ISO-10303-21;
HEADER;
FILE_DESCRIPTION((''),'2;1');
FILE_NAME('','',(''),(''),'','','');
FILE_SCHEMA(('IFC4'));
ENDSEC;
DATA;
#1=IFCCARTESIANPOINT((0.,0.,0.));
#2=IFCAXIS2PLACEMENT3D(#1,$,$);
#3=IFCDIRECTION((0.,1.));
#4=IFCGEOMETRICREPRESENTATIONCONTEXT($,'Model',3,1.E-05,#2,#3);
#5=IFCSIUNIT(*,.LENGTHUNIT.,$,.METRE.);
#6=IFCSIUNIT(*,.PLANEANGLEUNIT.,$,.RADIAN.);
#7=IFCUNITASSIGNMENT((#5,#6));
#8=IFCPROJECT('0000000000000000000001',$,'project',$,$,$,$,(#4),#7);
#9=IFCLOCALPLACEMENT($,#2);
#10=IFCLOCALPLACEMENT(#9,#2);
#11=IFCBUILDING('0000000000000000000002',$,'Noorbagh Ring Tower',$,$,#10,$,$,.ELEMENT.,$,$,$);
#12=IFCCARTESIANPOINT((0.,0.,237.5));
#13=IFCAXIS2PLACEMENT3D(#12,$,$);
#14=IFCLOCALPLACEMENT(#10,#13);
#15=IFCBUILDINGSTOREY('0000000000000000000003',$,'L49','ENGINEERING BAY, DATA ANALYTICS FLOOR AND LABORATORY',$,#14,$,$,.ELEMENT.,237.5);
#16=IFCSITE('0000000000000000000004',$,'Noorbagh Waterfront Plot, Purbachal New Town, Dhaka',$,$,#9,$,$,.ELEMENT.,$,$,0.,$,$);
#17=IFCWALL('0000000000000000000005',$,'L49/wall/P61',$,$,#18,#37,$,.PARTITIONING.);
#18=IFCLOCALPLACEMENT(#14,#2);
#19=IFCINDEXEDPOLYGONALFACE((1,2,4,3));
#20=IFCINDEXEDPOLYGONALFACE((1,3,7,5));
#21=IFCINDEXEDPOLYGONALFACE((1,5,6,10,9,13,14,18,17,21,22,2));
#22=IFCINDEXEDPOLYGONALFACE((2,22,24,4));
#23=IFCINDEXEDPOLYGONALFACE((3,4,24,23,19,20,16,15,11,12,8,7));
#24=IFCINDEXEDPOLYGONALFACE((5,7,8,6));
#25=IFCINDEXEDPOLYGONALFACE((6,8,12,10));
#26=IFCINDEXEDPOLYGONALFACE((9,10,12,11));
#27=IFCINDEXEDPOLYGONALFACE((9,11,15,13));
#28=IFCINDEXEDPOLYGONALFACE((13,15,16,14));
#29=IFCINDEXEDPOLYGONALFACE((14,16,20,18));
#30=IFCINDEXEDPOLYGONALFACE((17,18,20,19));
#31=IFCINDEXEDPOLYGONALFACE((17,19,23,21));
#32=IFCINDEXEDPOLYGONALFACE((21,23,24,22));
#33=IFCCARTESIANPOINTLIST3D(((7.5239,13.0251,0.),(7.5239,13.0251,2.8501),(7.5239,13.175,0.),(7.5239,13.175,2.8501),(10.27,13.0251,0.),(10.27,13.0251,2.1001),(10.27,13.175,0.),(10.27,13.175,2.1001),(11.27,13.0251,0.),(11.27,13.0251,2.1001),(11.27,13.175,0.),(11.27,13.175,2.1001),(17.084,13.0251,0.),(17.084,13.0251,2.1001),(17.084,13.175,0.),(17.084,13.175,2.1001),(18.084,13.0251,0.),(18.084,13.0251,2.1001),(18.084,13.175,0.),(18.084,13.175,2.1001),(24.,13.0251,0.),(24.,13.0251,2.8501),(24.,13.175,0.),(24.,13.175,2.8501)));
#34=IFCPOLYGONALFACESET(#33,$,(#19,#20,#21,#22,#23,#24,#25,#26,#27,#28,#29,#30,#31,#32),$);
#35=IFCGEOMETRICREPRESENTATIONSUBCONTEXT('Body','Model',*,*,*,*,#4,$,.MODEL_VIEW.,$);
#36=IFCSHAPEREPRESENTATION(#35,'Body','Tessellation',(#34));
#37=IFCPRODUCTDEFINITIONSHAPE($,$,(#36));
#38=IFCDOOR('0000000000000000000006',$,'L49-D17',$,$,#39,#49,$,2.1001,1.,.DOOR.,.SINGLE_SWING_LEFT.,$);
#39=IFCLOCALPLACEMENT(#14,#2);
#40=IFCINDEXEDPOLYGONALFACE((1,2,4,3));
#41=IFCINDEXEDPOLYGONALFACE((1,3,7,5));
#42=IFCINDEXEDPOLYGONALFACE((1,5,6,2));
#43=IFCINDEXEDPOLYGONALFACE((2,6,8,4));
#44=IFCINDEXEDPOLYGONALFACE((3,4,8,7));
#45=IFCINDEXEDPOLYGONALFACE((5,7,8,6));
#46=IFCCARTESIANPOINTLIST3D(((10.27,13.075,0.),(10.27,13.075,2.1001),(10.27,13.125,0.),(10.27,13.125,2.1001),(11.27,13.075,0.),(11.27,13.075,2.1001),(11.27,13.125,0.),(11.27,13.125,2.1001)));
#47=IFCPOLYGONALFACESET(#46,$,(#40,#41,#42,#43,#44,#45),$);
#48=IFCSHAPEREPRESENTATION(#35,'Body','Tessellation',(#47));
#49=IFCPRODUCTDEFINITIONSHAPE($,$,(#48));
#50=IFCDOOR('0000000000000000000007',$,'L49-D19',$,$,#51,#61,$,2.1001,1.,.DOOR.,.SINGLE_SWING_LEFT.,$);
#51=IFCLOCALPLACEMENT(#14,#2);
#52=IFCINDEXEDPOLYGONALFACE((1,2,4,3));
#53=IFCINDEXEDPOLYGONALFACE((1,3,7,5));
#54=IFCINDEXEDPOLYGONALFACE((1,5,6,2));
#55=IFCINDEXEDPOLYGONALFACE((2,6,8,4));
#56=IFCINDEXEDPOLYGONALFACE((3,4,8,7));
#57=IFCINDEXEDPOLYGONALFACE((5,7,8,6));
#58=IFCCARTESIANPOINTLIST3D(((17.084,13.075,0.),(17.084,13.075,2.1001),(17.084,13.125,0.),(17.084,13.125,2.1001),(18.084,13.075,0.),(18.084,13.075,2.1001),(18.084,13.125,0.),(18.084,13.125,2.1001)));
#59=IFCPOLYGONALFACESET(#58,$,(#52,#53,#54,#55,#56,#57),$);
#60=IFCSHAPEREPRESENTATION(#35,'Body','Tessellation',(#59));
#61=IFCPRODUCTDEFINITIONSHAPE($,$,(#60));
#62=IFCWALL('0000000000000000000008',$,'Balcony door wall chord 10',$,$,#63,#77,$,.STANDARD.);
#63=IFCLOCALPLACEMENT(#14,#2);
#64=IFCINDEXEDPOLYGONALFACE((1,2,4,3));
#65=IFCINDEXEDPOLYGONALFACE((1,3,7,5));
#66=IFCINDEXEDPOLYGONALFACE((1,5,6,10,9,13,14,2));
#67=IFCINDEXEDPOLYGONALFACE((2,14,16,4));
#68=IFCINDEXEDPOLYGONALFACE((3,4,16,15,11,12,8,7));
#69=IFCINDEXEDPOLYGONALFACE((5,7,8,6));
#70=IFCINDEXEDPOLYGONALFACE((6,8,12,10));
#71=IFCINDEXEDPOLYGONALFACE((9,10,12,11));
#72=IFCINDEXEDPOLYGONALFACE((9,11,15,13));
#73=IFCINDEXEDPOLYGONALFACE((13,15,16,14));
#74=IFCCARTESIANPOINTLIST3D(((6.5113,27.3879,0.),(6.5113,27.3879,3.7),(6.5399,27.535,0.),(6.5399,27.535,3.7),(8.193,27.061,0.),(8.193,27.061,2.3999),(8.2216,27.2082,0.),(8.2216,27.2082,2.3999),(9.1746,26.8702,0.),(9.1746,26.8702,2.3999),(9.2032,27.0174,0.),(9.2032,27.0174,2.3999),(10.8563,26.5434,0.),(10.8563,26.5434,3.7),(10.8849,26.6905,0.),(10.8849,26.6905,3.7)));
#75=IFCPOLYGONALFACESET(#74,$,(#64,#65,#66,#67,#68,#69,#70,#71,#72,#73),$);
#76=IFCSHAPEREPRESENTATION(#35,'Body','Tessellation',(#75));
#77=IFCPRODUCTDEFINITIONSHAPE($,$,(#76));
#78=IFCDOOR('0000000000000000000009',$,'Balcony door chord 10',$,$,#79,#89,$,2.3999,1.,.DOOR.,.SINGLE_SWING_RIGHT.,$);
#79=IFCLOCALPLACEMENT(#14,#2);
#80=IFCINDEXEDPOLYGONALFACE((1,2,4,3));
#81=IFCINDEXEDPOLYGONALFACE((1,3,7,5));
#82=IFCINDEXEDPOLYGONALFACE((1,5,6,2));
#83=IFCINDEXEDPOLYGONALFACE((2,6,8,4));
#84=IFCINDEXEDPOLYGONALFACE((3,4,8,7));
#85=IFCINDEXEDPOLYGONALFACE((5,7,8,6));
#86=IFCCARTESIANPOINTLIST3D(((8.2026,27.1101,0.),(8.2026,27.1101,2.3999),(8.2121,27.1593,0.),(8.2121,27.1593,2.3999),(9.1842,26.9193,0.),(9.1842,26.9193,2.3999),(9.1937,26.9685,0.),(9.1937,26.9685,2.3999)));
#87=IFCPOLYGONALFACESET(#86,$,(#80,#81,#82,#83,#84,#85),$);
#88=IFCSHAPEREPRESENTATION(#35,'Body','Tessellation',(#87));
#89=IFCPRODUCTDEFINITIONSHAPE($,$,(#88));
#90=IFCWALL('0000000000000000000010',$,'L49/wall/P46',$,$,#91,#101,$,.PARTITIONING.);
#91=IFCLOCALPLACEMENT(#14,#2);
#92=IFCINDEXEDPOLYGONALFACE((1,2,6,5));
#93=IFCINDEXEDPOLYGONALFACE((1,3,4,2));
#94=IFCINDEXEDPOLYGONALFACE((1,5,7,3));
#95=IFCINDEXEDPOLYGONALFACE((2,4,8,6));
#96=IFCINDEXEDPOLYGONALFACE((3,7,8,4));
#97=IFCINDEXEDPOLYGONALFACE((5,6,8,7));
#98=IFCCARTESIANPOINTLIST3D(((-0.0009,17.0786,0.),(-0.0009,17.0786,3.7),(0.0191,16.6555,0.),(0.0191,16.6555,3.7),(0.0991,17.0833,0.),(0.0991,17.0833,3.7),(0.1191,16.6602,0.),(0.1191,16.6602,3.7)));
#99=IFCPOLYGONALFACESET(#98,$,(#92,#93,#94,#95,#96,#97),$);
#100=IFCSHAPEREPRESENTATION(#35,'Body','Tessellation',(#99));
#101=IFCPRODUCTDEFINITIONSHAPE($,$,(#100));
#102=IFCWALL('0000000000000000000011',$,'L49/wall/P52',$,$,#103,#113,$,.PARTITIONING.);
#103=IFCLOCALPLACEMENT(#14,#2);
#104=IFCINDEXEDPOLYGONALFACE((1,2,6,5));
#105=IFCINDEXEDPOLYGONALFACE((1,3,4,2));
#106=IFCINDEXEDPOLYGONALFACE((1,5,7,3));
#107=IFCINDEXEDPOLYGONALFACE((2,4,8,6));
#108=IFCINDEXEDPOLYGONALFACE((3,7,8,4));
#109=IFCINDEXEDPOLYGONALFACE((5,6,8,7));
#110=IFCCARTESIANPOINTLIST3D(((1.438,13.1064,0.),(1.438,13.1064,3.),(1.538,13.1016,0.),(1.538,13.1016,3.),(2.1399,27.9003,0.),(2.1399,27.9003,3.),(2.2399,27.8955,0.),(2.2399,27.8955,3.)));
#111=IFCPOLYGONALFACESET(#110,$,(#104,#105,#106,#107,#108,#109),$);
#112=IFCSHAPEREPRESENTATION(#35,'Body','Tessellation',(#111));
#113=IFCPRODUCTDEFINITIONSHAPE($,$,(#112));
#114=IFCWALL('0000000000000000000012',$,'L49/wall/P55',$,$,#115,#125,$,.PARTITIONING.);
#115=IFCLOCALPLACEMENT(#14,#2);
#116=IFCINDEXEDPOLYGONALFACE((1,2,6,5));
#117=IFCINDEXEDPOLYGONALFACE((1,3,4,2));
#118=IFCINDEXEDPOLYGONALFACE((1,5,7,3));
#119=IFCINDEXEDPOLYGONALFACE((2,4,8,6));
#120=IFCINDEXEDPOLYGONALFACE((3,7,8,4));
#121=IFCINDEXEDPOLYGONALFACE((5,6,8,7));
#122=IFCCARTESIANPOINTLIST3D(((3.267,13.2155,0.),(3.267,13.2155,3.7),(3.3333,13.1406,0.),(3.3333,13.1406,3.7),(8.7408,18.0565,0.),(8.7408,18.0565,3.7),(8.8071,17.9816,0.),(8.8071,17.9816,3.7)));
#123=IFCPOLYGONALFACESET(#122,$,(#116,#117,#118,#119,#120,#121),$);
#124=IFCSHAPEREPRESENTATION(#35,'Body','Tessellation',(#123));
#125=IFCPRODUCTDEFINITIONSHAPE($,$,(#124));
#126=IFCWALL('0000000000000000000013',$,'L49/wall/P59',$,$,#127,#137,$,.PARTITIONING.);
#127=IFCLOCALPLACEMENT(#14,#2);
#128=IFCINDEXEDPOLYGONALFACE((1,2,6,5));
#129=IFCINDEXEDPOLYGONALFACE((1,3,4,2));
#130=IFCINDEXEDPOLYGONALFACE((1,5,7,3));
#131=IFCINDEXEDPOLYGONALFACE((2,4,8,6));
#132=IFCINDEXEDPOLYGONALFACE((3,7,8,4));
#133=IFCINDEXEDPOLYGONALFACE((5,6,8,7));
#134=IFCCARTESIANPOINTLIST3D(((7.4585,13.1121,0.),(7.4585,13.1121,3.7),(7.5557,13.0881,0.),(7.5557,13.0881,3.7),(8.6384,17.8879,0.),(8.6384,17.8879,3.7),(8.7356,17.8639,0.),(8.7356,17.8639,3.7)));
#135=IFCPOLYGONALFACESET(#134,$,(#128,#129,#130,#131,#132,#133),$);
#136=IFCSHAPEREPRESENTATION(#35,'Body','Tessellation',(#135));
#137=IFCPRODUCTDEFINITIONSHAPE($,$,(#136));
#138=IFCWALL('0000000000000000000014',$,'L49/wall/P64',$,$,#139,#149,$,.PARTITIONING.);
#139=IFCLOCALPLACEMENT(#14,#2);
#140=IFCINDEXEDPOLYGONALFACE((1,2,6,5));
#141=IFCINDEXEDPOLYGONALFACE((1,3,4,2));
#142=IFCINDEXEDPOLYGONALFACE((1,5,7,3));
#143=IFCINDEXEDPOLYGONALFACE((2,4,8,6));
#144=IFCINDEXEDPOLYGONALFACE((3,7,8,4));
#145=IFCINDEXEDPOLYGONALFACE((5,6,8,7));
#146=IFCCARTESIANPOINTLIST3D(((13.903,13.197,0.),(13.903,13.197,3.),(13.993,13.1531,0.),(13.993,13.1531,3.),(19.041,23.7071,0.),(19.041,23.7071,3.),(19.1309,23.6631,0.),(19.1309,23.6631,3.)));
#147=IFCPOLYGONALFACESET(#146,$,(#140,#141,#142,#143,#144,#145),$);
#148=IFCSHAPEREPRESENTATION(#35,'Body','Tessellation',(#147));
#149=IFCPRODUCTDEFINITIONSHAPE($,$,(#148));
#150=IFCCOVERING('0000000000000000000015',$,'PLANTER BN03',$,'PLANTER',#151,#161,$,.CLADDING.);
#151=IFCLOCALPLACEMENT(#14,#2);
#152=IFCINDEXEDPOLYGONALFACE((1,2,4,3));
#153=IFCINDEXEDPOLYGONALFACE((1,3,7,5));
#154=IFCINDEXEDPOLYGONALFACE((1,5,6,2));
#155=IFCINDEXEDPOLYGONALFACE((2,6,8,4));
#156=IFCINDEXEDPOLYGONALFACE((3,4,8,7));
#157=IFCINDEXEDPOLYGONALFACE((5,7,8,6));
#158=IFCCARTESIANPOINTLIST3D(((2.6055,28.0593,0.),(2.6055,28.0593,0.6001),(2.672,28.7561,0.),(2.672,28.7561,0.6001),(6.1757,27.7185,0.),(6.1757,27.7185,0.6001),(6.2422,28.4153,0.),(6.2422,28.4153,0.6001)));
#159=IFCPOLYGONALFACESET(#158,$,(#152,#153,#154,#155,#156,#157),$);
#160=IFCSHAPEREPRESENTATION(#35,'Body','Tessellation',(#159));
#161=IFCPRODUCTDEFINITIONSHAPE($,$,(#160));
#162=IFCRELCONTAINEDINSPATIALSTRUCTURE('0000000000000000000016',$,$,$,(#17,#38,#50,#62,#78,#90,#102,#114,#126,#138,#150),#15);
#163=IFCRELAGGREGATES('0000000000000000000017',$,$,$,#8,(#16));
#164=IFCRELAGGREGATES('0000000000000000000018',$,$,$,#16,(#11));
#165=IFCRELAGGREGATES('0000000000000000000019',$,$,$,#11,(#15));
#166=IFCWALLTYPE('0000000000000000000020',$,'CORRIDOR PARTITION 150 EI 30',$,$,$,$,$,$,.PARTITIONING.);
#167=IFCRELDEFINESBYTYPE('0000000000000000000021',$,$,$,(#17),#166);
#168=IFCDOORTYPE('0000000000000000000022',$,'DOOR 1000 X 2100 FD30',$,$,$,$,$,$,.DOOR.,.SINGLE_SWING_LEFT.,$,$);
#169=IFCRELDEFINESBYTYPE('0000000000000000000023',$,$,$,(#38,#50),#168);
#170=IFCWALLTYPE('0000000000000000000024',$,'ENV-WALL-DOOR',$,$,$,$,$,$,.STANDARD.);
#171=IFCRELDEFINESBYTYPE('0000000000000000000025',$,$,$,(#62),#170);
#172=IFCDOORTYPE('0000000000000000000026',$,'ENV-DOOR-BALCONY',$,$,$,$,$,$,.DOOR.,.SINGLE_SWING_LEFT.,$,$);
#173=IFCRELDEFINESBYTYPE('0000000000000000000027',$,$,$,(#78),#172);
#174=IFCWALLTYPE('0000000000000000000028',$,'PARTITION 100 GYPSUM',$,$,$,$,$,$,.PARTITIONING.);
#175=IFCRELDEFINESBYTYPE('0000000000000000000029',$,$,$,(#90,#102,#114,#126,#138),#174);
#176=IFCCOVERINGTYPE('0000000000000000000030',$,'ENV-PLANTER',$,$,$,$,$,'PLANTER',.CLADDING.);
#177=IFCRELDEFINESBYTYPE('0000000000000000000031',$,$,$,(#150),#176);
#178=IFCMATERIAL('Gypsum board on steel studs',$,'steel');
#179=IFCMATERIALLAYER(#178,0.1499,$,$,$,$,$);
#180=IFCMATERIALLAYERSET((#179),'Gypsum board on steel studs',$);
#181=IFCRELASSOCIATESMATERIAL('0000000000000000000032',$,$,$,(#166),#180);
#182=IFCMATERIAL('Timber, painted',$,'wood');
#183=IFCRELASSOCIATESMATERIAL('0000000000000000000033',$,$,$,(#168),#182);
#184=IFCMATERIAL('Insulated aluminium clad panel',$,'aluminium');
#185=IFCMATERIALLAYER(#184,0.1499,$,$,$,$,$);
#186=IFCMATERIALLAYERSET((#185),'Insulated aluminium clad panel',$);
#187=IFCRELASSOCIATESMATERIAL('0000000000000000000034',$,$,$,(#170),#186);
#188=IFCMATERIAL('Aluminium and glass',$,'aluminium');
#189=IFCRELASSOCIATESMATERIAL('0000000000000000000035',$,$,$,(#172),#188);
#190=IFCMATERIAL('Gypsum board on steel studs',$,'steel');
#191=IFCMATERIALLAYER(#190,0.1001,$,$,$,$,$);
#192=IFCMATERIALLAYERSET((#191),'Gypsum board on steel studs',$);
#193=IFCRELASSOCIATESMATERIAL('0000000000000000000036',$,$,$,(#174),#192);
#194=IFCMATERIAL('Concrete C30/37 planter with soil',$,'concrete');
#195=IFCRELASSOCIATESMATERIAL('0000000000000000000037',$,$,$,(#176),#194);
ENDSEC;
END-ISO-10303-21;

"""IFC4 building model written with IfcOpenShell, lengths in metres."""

from ifc_helpers import new_model, si_unit, direction, frame, frame_2d, origin, origin_2d, place, context, subcontext, project, spatial, rectangle, extrude, material, layer, layer_set, type_object, element, fill, save


model = new_model("IFC4")

# Units and contexts
model_context = context("Model", 3, precision=1e-05, world=origin(), true_north=direction((0.0, 1.0)))
body_context = subcontext(model_context, "Body", "Model", "MODEL_VIEW")
ifc_project = project(units=[si_unit("LENGTHUNIT", "METRE"), si_unit("PLANEANGLEUNIT", "RADIAN")], contexts=[model_context])

# Site, building, storey
site_placement = place(None, origin())
site = spatial("IfcSite", under=ifc_project, at=site_placement, Name="Noorbagh Waterfront Plot, Purbachal New Town, Dhaka", CompositionType="ELEMENT", RefElevation=0.0)
building_placement = place(site_placement, origin())
building = spatial("IfcBuilding", under=site, at=building_placement, Name="Noorbagh Ring Tower", CompositionType="ELEMENT")
storey_placement = place(building_placement, frame((0.0, 0.0, 237.5)))
storey = spatial("IfcBuildingStorey", under=building, at=storey_placement, Name="L49", Description="ENGINEERING BAY, DATA ANALYTICS FLOOR AND LABORATORY", CompositionType="ELEMENT", Elevation=237.5)

# Shared definitions
ifc_material_1 = material(Name="Gypsum board on steel studs", Category="steel")
ifc_layer_1 = layer(ifc_material_1, 0.1499)
ifc_layer_set_1 = layer_set([ifc_layer_1], Name="Gypsum board on steel studs")
wall_type_1 = type_object("IfcWallType", Name="CORRIDOR PARTITION 150 EI 30", PredefinedType="PARTITIONING", material=ifc_layer_set_1)

# Wall, openings, doors
wall_1_placement = place(storey_placement, frame((7.5239, 13.1001, 0.0), z_axis=(0.0, 0.0, 1.0), x_axis=(1.0, 0.0, 0.0)))
wall_1 = element("IfcWall", 1, at=wall_1_placement, inside=storey, type_object=wall_type_1, Name="L49/wall/P61", PredefinedType="PARTITIONING", context=body_context, shape_type="SweptSolid", body=[
    extrude(rectangle(XDim=16.4761, YDim=0.1499, at=frame_2d((8.238, 0.0))), origin(), (0.0, 0.0, 1.0), 2.8501),
])
opening_1_placement = place(wall_1_placement, frame((2.7461, 0.0, 0.0)))
opening_1 = element("IfcOpeningElement", 2, at=opening_1_placement, cuts=wall_1, PredefinedType="OPENING", context=body_context, shape_type="SweptSolid", body=[
    extrude(rectangle(XDim=1.0, YDim=2.1001, at=frame_2d((0.5, 1.05))), frame((0.0, 0.085, 0.0), z_axis=(0.0, -1.0, 0.0), x_axis=(1.0, 0.0, 0.0)), (0.0, 0.0, 1.0), 0.1699),
])
opening_2_placement = place(wall_1_placement, frame((9.5601, 0.0, 0.0)))
opening_2 = element("IfcOpeningElement", 3, at=opening_2_placement, cuts=wall_1, PredefinedType="OPENING", context=body_context, shape_type="SweptSolid", body=[
    extrude(rectangle(XDim=1.0, YDim=2.1001, at=frame_2d((0.5, 1.05))), frame((0.0, 0.085, 0.0), z_axis=(0.0, -1.0, 0.0), x_axis=(1.0, 0.0, 0.0)), (0.0, 0.0, 1.0), 0.1699),
])
ifc_material_2 = material(Name="Timber, painted", Category="wood")
door_type_1 = type_object("IfcDoorType", Name="DOOR 1000 X 2100 FD30", OperationType="SINGLE_SWING_LEFT", PredefinedType="DOOR", material=ifc_material_2)
door_1_placement = place(opening_1_placement, origin())
door_1 = element("IfcDoor", 4, at=door_1_placement, inside=storey, type_object=door_type_1, Name="L49-D17", OperationType="SINGLE_SWING_LEFT", OverallHeight=2.1001, OverallWidth=1.0, PredefinedType="DOOR", context=body_context, shape_type="SweptSolid", body=[
    extrude(rectangle(XDim=1.0, YDim=2.1001, at=frame_2d((0.5, 1.05))), frame((0.0, 0.0249, 0.0), z_axis=(0.0, -1.0, 0.0), x_axis=(1.0, 0.0, 0.0)), (0.0, 0.0, 1.0), 0.05),
])
fill(opening_1, door_1)
door_2_placement = place(opening_2_placement, origin())
door_2 = element("IfcDoor", 5, at=door_2_placement, inside=storey, type_object=door_type_1, Name="L49-D19", OperationType="SINGLE_SWING_LEFT", OverallHeight=2.1001, OverallWidth=1.0, PredefinedType="DOOR", context=body_context, shape_type="SweptSolid", body=[
    extrude(rectangle(XDim=1.0, YDim=2.1001, at=frame_2d((0.5, 1.05))), frame((0.0, 0.0249, 0.0), z_axis=(0.0, -1.0, 0.0), x_axis=(1.0, 0.0, 0.0)), (0.0, 0.0, 1.0), 0.05),
])
fill(opening_2, door_2)

# Wall, opening, door
ifc_material_3 = material(Name="Insulated aluminium clad panel", Category="aluminium")
ifc_layer_2 = layer(ifc_material_3, 0.1499)
ifc_layer_set_2 = layer_set([ifc_layer_2], Name="Insulated aluminium clad panel")
wall_type_2 = type_object("IfcWallType", Name="ENV-WALL-DOOR", PredefinedType="STANDARD", material=ifc_layer_set_2)
wall_2_placement = place(storey_placement, frame((10.8706, 26.6169, 0.0), z_axis=(0.0, 0.0, 1.0), x_axis=(-0.981631, 0.190788, 0.0)))
wall_2 = element("IfcWall", 6, at=wall_2_placement, inside=storey, type_object=wall_type_2, Name="Balcony door wall chord 10", PredefinedType="STANDARD", context=body_context, shape_type="SweptSolid", body=[
    extrude(rectangle(XDim=4.4263, YDim=0.1499, at=frame_2d((2.2131, 0.0))), origin(), (0.0, 0.0, 1.0), 3.7),
])
opening_3_placement = place(wall_2_placement, frame((1.7131, 0.0, 0.0)))
opening_3 = element("IfcOpeningElement", 7, at=opening_3_placement, cuts=wall_2, PredefinedType="OPENING", context=body_context, shape_type="SweptSolid", body=[
    extrude(rectangle(XDim=1.0, YDim=2.3999, at=frame_2d((0.5, 1.2))), frame((0.0, 0.085, 0.0), z_axis=(0.0, -1.0, 0.0), x_axis=(1.0, 0.0, 0.0)), (0.0, 0.0, 1.0), 0.1699),
])
ifc_material_4 = material(Name="Aluminium and glass", Category="aluminium")
door_type_2 = type_object("IfcDoorType", Name="ENV-DOOR-BALCONY", OperationType="SINGLE_SWING_LEFT", PredefinedType="DOOR", material=ifc_material_4)
door_3_placement = place(opening_3_placement, origin())
door_3 = element("IfcDoor", 8, at=door_3_placement, inside=storey, type_object=door_type_2, Name="Balcony door chord 10", OperationType="SINGLE_SWING_RIGHT", OverallHeight=2.3999, OverallWidth=1.0, PredefinedType="DOOR", context=body_context, shape_type="SweptSolid", body=[
    extrude(rectangle(XDim=1.0, YDim=2.3999, at=frame_2d((0.5, 1.2))), frame((0.0, 0.0249, 0.0), z_axis=(0.0, -1.0, 0.0), x_axis=(1.0, 0.0, 0.0)), (0.0, 0.0, 1.0), 0.05),
])
fill(opening_3, door_3)

# Walls
ifc_material_5 = material(Name="Gypsum board on steel studs", Category="steel")
ifc_layer_3 = layer(ifc_material_5, 0.1001)
ifc_layer_set_3 = layer_set([ifc_layer_3], Name="Gypsum board on steel studs")
wall_type_3 = type_object("IfcWallType", Name="PARTITION 100 GYPSUM", PredefinedType="PARTITIONING", material=ifc_layer_set_3)
wall_3_placement = place(storey_placement, frame((0.0491, 17.0811, 0.0), z_axis=(0.0, 0.0, 1.0), x_axis=(0.047264, -0.998882, 0.0)))
element("IfcWall", 9, at=wall_3_placement, inside=storey, type_object=wall_type_3, Name="L49/wall/P46", PredefinedType="PARTITIONING", context=body_context, shape_type="SweptSolid", body=[
    extrude(rectangle(XDim=0.4236, YDim=0.1001, at=frame_2d((0.2119, 0.0))), origin(), (0.0, 0.0, 1.0), 3.7),
])
wall_4_placement = place(storey_placement, frame((1.488, 13.104, 0.0), z_axis=(0.0, 0.0, 1.0), x_axis=(0.047392, 0.998876, 0.0)))
element("IfcWall", 10, at=wall_4_placement, inside=storey, type_object=wall_type_3, Name="L49/wall/P52", PredefinedType="PARTITIONING", context=body_context, shape_type="SweptSolid", body=[
    extrude(rectangle(XDim=14.8105, YDim=0.1001, at=frame_2d((7.4053, 0.0))), origin(), (0.0, 0.0, 1.0), 3.0),
])
wall_5_placement = place(storey_placement, frame((3.3, 13.178, 0.0), z_axis=(0.0, 0.0, 1.0), x_axis=(0.749079, 0.662481, 0.0)))
element("IfcWall", 11, at=wall_5_placement, inside=storey, type_object=wall_type_3, Name="L49/wall/P55", PredefinedType="PARTITIONING", context=body_context, shape_type="SweptSolid", body=[
    extrude(rectangle(XDim=7.3074, YDim=0.1001, at=frame_2d((3.6538, 0.0))), origin(), (0.0, 0.0, 1.0), 3.7),
])
wall_6_placement = place(storey_placement, frame((7.5071, 13.1001, 0.0), z_axis=(0.0, 0.0, 1.0), x_axis=(0.239849, 0.97081, 0.0)))
element("IfcWall", 12, at=wall_6_placement, inside=storey, type_object=wall_type_3, Name="L49/wall/P59", PredefinedType="PARTITIONING", context=body_context, shape_type="SweptSolid", body=[
    extrude(rectangle(XDim=4.9194, YDim=0.1001, at=frame_2d((2.4597, 0.0))), origin(), (0.0, 0.0, 1.0), 3.7),
])
wall_7_placement = place(storey_placement, frame((13.948, 13.175, 0.0), z_axis=(0.0, 0.0, 1.0), x_axis=(0.43919, 0.898394, 0.0)))
element("IfcWall", 13, at=wall_7_placement, inside=storey, type_object=wall_type_3, Name="L49/wall/P64", PredefinedType="PARTITIONING", context=body_context, shape_type="SweptSolid", body=[
    extrude(rectangle(XDim=11.6987, YDim=0.1001, at=frame_2d((5.8494, 0.0))), origin(), (0.0, 0.0, 1.0), 3.0),
])

# Covering
ifc_material_6 = material(Name="Concrete C30/37 planter with soil", Category="concrete")
covering_type = type_object("IfcCoveringType", Name="ENV-PLANTER", ElementType="PLANTER", PredefinedType="CLADDING", material=ifc_material_6)
covering_placement = place(storey_placement, frame((4.4238, 28.2373, 0.0), z_axis=(0.0, 0.0, 1.0), x_axis=(-0.995476, 0.095008, 0.0)))
element("IfcCovering", 14, at=covering_placement, inside=storey, type_object=covering_type, Name="PLANTER BN03", ObjectType="PLANTER", PredefinedType="CLADDING", context=body_context, shape_type="SweptSolid", body=[
    extrude(rectangle(XDim=3.5864, YDim=0.7, at=origin_2d()), origin(), (0.0, 0.0, 1.0), 0.6001),
])

save(model, "model.ifc")
